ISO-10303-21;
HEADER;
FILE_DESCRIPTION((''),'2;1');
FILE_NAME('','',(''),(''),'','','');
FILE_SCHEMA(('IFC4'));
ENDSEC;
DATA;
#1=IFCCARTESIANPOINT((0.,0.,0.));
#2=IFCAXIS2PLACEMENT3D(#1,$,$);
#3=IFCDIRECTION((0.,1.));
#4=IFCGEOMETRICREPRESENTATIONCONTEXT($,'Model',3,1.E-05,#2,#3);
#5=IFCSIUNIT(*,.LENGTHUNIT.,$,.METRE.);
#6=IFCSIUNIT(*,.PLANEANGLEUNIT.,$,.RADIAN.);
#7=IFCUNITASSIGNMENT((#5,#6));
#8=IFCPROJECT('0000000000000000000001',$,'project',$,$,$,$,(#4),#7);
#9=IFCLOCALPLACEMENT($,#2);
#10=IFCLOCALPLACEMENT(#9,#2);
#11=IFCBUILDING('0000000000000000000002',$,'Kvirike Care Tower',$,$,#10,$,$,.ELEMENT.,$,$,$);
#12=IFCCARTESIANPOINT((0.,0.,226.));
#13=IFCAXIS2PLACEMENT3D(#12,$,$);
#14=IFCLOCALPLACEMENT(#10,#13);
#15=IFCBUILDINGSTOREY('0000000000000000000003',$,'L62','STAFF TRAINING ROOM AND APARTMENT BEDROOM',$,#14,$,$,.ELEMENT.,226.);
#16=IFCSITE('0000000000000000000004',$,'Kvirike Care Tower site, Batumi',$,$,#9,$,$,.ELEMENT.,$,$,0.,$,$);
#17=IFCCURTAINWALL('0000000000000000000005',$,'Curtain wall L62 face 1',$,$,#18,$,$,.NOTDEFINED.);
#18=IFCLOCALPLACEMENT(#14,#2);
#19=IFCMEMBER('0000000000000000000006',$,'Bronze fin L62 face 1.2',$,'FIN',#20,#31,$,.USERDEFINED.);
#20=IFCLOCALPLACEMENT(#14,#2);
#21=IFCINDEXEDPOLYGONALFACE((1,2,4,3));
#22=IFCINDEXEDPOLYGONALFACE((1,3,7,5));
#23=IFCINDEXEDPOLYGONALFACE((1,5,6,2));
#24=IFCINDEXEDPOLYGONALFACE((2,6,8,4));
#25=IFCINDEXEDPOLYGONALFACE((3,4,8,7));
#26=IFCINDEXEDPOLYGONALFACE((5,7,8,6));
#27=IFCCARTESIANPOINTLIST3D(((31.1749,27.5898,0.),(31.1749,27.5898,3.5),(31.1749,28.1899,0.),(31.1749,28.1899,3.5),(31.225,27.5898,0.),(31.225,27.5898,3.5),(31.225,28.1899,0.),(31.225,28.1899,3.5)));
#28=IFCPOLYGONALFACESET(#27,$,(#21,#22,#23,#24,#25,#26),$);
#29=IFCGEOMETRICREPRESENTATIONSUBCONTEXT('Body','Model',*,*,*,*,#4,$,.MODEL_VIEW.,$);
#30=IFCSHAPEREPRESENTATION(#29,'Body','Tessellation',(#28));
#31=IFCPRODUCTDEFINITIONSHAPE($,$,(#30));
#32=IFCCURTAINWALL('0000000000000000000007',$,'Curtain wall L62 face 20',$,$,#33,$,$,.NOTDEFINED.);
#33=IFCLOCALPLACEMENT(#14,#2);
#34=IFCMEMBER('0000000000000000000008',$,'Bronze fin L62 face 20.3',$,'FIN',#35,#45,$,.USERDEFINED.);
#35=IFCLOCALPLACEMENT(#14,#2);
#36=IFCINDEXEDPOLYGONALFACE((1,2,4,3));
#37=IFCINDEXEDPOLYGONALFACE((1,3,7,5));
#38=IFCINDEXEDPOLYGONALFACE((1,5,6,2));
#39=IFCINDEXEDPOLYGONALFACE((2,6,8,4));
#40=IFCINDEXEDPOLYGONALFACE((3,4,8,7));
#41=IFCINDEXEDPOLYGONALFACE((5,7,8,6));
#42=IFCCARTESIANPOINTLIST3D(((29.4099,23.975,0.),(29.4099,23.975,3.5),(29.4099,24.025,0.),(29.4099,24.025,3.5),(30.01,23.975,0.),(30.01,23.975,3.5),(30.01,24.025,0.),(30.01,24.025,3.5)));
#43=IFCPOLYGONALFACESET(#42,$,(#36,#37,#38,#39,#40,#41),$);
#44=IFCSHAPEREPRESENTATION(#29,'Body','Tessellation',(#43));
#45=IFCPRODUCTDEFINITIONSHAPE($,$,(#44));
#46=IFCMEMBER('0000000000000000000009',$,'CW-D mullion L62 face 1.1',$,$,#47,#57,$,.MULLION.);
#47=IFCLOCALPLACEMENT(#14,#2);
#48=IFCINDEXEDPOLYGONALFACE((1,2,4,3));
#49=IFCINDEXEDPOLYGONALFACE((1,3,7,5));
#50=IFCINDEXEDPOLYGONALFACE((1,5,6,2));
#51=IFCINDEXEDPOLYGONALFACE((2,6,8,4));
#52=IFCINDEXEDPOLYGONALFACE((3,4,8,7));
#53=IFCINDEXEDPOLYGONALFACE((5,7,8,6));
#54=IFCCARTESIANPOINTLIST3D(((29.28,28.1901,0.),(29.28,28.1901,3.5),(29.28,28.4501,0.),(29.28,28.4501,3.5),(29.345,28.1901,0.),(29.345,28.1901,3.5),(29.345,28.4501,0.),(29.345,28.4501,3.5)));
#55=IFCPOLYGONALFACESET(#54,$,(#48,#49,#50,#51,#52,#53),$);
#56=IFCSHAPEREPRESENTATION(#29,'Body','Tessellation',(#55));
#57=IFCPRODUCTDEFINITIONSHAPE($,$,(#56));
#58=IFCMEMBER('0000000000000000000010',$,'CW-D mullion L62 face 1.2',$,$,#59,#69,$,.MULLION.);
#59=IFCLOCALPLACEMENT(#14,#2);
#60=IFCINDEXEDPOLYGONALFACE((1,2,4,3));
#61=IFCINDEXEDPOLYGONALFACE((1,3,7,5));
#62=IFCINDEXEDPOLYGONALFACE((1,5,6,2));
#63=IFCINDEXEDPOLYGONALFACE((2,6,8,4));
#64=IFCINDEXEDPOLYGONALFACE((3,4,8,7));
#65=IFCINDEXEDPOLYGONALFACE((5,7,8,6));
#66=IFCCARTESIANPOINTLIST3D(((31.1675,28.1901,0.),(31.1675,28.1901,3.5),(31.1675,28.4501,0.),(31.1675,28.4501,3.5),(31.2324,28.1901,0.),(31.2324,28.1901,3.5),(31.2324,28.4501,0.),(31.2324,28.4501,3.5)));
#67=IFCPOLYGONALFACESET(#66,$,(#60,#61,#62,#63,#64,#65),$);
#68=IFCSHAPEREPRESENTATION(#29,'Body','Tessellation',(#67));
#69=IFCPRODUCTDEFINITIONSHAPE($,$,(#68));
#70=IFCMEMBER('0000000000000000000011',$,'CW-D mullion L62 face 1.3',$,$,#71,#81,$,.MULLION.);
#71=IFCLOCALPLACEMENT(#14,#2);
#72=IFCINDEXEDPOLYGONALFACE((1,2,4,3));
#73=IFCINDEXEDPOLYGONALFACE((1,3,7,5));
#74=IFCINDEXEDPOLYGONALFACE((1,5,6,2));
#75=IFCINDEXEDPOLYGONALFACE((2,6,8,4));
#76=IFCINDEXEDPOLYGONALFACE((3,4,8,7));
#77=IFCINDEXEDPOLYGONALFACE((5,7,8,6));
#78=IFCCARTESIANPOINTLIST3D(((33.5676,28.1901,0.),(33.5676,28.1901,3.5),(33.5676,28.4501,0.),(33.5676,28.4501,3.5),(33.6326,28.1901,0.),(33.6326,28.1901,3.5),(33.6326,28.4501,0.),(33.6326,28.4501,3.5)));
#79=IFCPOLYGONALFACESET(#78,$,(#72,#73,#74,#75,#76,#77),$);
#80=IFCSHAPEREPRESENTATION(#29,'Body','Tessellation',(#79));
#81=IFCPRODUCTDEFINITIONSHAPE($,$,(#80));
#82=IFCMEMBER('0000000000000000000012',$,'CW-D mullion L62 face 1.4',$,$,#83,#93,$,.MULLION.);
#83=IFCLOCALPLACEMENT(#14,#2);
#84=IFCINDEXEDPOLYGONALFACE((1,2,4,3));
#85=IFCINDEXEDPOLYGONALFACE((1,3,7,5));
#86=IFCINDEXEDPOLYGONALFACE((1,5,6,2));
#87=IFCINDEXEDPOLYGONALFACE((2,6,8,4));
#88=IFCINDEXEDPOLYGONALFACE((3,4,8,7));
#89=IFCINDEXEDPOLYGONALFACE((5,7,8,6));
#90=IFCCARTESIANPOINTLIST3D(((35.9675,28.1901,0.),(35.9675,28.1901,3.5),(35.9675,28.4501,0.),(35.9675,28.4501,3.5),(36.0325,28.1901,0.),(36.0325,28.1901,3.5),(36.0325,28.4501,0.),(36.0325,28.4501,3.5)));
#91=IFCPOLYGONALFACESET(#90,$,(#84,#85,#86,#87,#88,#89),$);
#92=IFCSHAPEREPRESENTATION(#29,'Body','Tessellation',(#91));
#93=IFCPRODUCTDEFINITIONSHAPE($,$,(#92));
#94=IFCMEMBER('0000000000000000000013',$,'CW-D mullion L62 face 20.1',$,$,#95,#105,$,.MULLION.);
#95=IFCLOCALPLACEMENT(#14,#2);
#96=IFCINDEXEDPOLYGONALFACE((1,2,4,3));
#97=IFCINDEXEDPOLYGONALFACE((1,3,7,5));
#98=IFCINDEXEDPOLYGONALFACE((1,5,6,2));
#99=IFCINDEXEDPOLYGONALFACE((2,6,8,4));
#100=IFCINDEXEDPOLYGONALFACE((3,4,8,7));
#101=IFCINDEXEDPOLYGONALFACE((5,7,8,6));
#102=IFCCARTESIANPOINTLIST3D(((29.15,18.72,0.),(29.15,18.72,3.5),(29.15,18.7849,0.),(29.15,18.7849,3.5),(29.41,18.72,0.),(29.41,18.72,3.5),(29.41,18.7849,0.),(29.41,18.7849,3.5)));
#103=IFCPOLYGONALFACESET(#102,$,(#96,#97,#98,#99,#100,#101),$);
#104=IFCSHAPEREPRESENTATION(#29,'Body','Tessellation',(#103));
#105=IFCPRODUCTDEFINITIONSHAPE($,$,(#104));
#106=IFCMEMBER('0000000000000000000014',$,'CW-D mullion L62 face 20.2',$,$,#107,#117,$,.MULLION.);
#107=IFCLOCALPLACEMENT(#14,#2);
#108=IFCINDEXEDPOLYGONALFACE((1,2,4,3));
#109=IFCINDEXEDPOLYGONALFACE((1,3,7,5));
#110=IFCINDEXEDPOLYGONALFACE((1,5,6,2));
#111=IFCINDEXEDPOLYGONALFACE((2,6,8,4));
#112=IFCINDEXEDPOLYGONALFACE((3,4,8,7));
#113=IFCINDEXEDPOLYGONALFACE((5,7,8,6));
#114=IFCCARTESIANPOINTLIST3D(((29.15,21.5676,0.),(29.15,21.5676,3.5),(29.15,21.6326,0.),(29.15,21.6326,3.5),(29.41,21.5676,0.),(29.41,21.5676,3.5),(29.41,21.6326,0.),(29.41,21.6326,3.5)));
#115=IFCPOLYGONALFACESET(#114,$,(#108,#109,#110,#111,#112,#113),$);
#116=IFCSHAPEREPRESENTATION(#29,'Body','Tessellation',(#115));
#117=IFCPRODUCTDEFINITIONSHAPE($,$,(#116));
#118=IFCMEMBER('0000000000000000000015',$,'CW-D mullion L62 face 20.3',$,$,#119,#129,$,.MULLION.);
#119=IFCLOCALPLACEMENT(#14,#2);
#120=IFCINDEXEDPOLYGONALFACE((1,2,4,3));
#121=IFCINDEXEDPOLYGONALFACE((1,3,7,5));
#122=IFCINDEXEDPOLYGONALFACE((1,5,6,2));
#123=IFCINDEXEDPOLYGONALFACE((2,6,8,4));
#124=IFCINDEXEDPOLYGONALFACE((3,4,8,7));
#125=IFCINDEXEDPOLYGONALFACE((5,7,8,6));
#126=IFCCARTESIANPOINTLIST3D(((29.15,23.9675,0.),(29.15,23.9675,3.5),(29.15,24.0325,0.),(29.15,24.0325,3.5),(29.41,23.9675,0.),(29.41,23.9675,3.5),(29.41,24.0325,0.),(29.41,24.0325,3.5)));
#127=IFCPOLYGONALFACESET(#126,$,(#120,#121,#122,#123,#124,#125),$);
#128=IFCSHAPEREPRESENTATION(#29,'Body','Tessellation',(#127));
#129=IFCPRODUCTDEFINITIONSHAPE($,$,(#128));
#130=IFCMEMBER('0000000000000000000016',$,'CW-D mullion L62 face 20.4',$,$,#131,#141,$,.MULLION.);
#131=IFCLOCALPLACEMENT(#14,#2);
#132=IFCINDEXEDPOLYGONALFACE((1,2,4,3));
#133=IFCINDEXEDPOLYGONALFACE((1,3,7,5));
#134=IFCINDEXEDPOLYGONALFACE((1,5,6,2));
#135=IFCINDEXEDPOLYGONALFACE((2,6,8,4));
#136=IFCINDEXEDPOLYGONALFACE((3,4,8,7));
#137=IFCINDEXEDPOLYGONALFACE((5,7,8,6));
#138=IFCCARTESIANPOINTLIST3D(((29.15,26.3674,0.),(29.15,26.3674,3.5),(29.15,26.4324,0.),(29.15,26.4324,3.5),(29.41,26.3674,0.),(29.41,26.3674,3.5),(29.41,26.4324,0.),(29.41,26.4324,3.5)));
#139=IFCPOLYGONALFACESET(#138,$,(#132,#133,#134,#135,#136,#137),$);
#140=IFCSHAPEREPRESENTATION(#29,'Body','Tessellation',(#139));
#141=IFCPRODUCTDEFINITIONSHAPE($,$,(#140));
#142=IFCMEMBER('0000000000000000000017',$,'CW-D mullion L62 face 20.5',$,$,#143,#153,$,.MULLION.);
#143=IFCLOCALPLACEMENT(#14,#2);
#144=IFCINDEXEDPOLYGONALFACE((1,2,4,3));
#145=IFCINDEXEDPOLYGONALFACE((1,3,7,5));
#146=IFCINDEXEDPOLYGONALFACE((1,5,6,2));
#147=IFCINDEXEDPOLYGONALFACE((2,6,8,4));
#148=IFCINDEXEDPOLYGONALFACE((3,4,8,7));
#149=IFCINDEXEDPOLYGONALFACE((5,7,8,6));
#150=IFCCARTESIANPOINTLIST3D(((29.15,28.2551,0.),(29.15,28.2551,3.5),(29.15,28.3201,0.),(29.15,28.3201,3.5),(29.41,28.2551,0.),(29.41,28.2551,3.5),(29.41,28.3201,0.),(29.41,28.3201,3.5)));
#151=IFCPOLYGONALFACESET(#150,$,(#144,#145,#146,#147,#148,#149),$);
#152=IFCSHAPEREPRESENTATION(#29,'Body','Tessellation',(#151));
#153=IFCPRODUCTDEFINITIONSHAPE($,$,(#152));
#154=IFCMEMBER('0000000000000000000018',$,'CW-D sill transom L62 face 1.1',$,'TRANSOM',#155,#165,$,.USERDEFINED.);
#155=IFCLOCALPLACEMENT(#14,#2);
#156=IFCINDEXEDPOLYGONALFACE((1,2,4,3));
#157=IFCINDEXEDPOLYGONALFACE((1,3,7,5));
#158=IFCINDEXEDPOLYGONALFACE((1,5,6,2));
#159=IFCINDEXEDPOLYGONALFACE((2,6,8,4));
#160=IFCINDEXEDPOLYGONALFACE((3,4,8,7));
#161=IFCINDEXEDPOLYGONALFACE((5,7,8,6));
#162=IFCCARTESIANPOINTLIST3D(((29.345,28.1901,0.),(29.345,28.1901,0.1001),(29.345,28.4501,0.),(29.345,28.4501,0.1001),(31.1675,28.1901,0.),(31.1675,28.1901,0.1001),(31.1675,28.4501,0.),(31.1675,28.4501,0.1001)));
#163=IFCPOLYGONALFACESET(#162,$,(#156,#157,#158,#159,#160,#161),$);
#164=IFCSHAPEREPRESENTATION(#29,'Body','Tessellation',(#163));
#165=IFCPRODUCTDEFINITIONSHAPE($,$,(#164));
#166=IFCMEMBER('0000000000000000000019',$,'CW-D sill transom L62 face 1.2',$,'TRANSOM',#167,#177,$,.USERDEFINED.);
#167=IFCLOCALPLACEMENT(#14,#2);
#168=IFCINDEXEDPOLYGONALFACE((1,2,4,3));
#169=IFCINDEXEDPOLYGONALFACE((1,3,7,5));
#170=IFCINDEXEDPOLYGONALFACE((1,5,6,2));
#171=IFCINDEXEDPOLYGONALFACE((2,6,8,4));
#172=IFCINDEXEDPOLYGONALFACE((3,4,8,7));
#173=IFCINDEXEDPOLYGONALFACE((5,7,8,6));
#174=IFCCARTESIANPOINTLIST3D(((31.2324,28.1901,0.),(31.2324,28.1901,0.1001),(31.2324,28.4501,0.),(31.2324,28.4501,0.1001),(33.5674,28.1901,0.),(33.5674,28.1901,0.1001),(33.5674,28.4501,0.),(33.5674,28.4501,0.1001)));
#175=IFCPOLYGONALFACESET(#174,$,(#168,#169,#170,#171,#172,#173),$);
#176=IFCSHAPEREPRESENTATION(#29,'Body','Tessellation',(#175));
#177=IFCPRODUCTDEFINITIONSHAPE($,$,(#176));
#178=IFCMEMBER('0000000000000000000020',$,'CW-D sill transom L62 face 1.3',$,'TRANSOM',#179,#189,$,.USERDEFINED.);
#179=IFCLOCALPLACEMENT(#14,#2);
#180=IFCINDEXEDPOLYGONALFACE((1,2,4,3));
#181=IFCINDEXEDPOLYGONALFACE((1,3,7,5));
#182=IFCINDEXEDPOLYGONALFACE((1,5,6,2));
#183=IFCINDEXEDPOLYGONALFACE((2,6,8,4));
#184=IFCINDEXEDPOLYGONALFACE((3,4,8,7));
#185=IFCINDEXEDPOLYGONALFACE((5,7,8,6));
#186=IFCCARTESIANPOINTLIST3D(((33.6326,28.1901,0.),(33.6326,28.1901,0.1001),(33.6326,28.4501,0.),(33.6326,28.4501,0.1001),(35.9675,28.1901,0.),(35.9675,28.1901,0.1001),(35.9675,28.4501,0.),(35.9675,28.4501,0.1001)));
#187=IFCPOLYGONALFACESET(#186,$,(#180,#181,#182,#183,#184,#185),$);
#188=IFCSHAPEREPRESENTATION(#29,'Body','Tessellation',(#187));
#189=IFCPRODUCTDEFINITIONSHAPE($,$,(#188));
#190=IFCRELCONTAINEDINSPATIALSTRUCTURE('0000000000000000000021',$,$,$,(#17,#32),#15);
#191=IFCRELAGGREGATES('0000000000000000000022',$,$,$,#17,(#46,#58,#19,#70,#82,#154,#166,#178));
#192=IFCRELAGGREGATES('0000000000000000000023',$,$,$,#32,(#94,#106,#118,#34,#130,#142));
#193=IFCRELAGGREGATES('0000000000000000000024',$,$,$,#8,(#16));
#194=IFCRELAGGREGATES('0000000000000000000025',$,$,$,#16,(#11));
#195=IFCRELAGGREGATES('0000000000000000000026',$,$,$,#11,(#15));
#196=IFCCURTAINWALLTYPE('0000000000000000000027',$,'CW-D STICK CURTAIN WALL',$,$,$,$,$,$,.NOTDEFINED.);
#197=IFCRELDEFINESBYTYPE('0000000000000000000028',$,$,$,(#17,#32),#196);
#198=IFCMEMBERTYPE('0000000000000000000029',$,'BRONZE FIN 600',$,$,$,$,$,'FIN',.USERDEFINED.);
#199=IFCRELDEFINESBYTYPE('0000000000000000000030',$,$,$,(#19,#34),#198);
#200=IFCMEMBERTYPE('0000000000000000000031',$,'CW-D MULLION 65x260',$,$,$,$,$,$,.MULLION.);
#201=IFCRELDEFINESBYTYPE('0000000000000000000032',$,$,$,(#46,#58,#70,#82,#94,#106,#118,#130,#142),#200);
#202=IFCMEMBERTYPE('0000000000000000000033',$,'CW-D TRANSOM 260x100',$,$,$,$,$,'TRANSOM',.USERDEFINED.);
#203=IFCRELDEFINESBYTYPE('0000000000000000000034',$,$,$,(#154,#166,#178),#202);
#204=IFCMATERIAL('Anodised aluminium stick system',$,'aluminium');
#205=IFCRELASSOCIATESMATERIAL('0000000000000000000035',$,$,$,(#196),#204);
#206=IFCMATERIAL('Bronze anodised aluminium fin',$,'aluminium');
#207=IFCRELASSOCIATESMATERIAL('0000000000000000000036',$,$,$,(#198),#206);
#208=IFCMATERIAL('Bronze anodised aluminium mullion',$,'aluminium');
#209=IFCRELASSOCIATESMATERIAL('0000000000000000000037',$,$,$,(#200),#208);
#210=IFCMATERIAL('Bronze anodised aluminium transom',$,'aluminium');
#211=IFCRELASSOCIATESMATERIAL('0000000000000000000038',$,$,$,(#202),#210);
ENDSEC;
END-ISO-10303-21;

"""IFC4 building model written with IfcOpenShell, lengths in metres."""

from ifc_helpers import new_model, si_unit, direction, frame, origin, origin_2d, place, context, subcontext, project, spatial, rectangle, extrude, material, material_profile, profile_set, type_object, element, aggregate, save


model = new_model("IFC4")

# Units and contexts
model_context = context("Model", 3, precision=1e-05, world=origin(), true_north=direction((0.0, 1.0)))
body_context = subcontext(model_context, "Body", "Model", "MODEL_VIEW")
ifc_project = project(units=[si_unit("LENGTHUNIT", "METRE"), si_unit("PLANEANGLEUNIT", "RADIAN")], contexts=[model_context])

# Site, building, storey
site_placement = place(None, origin())
site = spatial("IfcSite", under=ifc_project, at=site_placement, Name="Kvirike Care Tower site, Batumi", CompositionType="ELEMENT", RefElevation=0.0)
building_placement = place(site_placement, origin())
building = spatial("IfcBuilding", under=site, at=building_placement, Name="Kvirike Care Tower", CompositionType="ELEMENT")
storey_placement = place(building_placement, frame((0.0, 0.0, 226.0)))
storey = spatial("IfcBuildingStorey", under=building, at=storey_placement, Name="L62", Description="STAFF TRAINING ROOM AND APARTMENT BEDROOM", CompositionType="ELEMENT", Elevation=226.0)

# Curtain walls, members
ifc_material_1 = material(Name="Anodised aluminium stick system", Category="aluminium")
curtain_wall_type = type_object("IfcCurtainWallType", Name="CW-D STICK CURTAIN WALL", PredefinedType="NOTDEFINED", material=ifc_material_1)
curtain_wall_1_placement = place(storey_placement, origin())
curtain_wall_1 = element("IfcCurtainWall", 1, at=curtain_wall_1_placement, inside=storey, type_object=curtain_wall_type, Name="Curtain wall L62 face 1", PredefinedType="NOTDEFINED")
ifc_material_2 = material(Name="Bronze anodised aluminium fin", Category="aluminium")
ifc_material_profile_1 = material_profile(ifc_material_2, rectangle(XDim=0.05, YDim=0.6001, at=origin_2d()), Name="BRONZE FIN 600")
ifc_profile_set_1 = profile_set([ifc_material_profile_1], Name="Bronze anodised aluminium fin")
member_type_1 = type_object("IfcMemberType", Name="BRONZE FIN 600", ElementType="FIN", PredefinedType="USERDEFINED", material=ifc_profile_set_1)
member_1_placement = place(storey_placement, frame((31.2, 27.8899, 0.0), z_axis=(0.0, 0.0, 1.0), x_axis=(1.0, 0.0, 0.0)))
member_1 = element("IfcMember", 2, at=member_1_placement, type_object=member_type_1, Name="Bronze fin L62 face 1.2", ObjectType="FIN", PredefinedType="USERDEFINED", context=body_context, shape_type="SweptSolid", body=[
    extrude(rectangle(XDim=0.05, YDim=0.6001, at=origin_2d()), origin(), (0.0, 0.0, 1.0), 3.5),
])
curtain_wall_2_placement = place(storey_placement, origin())
curtain_wall_2 = element("IfcCurtainWall", 3, at=curtain_wall_2_placement, inside=storey, type_object=curtain_wall_type, Name="Curtain wall L62 face 20", PredefinedType="NOTDEFINED")
member_2_placement = place(storey_placement, frame((29.71, 24.0, 0.0), z_axis=(0.0, 0.0, 1.0), x_axis=(0.0, 1.0, 0.0)))
member_2 = element("IfcMember", 4, at=member_2_placement, type_object=member_type_1, Name="Bronze fin L62 face 20.3", ObjectType="FIN", PredefinedType="USERDEFINED", context=body_context, shape_type="SweptSolid", body=[
    extrude(rectangle(XDim=0.05, YDim=0.6001, at=origin_2d()), origin(), (0.0, 0.0, 1.0), 3.5),
])

# Members
ifc_material_3 = material(Name="Bronze anodised aluminium mullion", Category="aluminium")
ifc_material_profile_2 = material_profile(ifc_material_3, rectangle(XDim=0.0649, YDim=0.26, at=origin_2d()), Name="CW-D MULLION 65x260")
ifc_profile_set_2 = profile_set([ifc_material_profile_2], Name="Bronze anodised aluminium mullion")
member_type_2 = type_object("IfcMemberType", Name="CW-D MULLION 65x260", PredefinedType="MULLION", material=ifc_profile_set_2)
member_3_placement = place(storey_placement, frame((29.3125, 28.3201, 0.0), z_axis=(0.0, 0.0, 1.0), x_axis=(1.0, 0.0, 0.0)))
member_3 = element("IfcMember", 5, at=member_3_placement, type_object=member_type_2, Name="CW-D mullion L62 face 1.1", PredefinedType="MULLION", context=body_context, shape_type="SweptSolid", body=[
    extrude(rectangle(XDim=0.0649, YDim=0.26, at=origin_2d()), origin(), (0.0, 0.0, 1.0), 3.5),
])
member_4_placement = place(storey_placement, frame((31.2, 28.3201, 0.0), z_axis=(0.0, 0.0, 1.0), x_axis=(1.0, 0.0, 0.0)))
member_4 = element("IfcMember", 6, at=member_4_placement, type_object=member_type_2, Name="CW-D mullion L62 face 1.2", PredefinedType="MULLION", context=body_context, shape_type="SweptSolid", body=[
    extrude(rectangle(XDim=0.0649, YDim=0.26, at=origin_2d()), origin(), (0.0, 0.0, 1.0), 3.5),
])
member_5_placement = place(storey_placement, frame((33.6001, 28.3201, 0.0), z_axis=(0.0, 0.0, 1.0), x_axis=(1.0, 0.0, 0.0)))
member_5 = element("IfcMember", 7, at=member_5_placement, type_object=member_type_2, Name="CW-D mullion L62 face 1.3", PredefinedType="MULLION", context=body_context, shape_type="SweptSolid", body=[
    extrude(rectangle(XDim=0.0649, YDim=0.26, at=origin_2d()), origin(), (0.0, 0.0, 1.0), 3.5),
])
member_6_placement = place(storey_placement, frame((36.0, 28.3201, 0.0), z_axis=(0.0, 0.0, 1.0), x_axis=(1.0, 0.0, 0.0)))
member_6 = element("IfcMember", 8, at=member_6_placement, type_object=member_type_2, Name="CW-D mullion L62 face 1.4", PredefinedType="MULLION", context=body_context, shape_type="SweptSolid", body=[
    extrude(rectangle(XDim=0.0649, YDim=0.26, at=origin_2d()), origin(), (0.0, 0.0, 1.0), 3.5),
])
member_7_placement = place(storey_placement, frame((29.28, 18.7524, 0.0), z_axis=(0.0, 0.0, 1.0), x_axis=(0.0, 1.0, 0.0)))
member_7 = element("IfcMember", 9, at=member_7_placement, type_object=member_type_2, Name="CW-D mullion L62 face 20.1", PredefinedType="MULLION", context=body_context, shape_type="SweptSolid", body=[
    extrude(rectangle(XDim=0.0649, YDim=0.26, at=origin_2d()), origin(), (0.0, 0.0, 1.0), 3.5),
])
member_8_placement = place(storey_placement, frame((29.28, 21.6001, 0.0), z_axis=(0.0, 0.0, 1.0), x_axis=(0.0, 1.0, 0.0)))
member_8 = element("IfcMember", 10, at=member_8_placement, type_object=member_type_2, Name="CW-D mullion L62 face 20.2", PredefinedType="MULLION", context=body_context, shape_type="SweptSolid", body=[
    extrude(rectangle(XDim=0.0649, YDim=0.26, at=origin_2d()), origin(), (0.0, 0.0, 1.0), 3.5),
])
member_9_placement = place(storey_placement, frame((29.28, 24.0, 0.0), z_axis=(0.0, 0.0, 1.0), x_axis=(0.0, 1.0, 0.0)))
member_9 = element("IfcMember", 11, at=member_9_placement, type_object=member_type_2, Name="CW-D mullion L62 face 20.3", PredefinedType="MULLION", context=body_context, shape_type="SweptSolid", body=[
    extrude(rectangle(XDim=0.0649, YDim=0.26, at=origin_2d()), origin(), (0.0, 0.0, 1.0), 3.5),
])
member_10_placement = place(storey_placement, frame((29.28, 26.3999, 0.0), z_axis=(0.0, 0.0, 1.0), x_axis=(0.0, 1.0, 0.0)))
member_10 = element("IfcMember", 12, at=member_10_placement, type_object=member_type_2, Name="CW-D mullion L62 face 20.4", PredefinedType="MULLION", context=body_context, shape_type="SweptSolid", body=[
    extrude(rectangle(XDim=0.0649, YDim=0.26, at=origin_2d()), origin(), (0.0, 0.0, 1.0), 3.5),
])
member_11_placement = place(storey_placement, frame((29.28, 28.2876, 0.0), z_axis=(0.0, 0.0, 1.0), x_axis=(0.0, 1.0, 0.0)))
member_11 = element("IfcMember", 13, at=member_11_placement, type_object=member_type_2, Name="CW-D mullion L62 face 20.5", PredefinedType="MULLION", context=body_context, shape_type="SweptSolid", body=[
    extrude(rectangle(XDim=0.0649, YDim=0.26, at=origin_2d()), origin(), (0.0, 0.0, 1.0), 3.5),
])
ifc_material_4 = material(Name="Bronze anodised aluminium transom", Category="aluminium")
ifc_material_profile_3 = material_profile(ifc_material_4, rectangle(XDim=0.26, YDim=0.1001, at=origin_2d()), Name="CW-D TRANSOM 260x100")
ifc_profile_set_3 = profile_set([ifc_material_profile_3], Name="Bronze anodised aluminium transom")
member_type_3 = type_object("IfcMemberType", Name="CW-D TRANSOM 260x100", ElementType="TRANSOM", PredefinedType="USERDEFINED", material=ifc_profile_set_3)
member_12_placement = place(storey_placement, frame((29.345, 28.3201, 0.05), z_axis=(1.0, 0.0, 0.0), x_axis=(0.0, 1.0, 0.0)))
member_12 = element("IfcMember", 14, at=member_12_placement, type_object=member_type_3, Name="CW-D sill transom L62 face 1.1", ObjectType="TRANSOM", PredefinedType="USERDEFINED", context=body_context, shape_type="SweptSolid", body=[
    extrude(rectangle(XDim=0.26, YDim=0.1001, at=origin_2d()), origin(), (0.0, 0.0, 1.0), 1.8225),
])
member_13_placement = place(storey_placement, frame((31.2324, 28.3201, 0.05), z_axis=(1.0, 0.0, 0.0), x_axis=(0.0, 1.0, 0.0)))
member_13 = element("IfcMember", 15, at=member_13_placement, type_object=member_type_3, Name="CW-D sill transom L62 face 1.2", ObjectType="TRANSOM", PredefinedType="USERDEFINED", context=body_context, shape_type="SweptSolid", body=[
    extrude(rectangle(XDim=0.26, YDim=0.1001, at=origin_2d()), origin(), (0.0, 0.0, 1.0), 2.335),
])
member_14_placement = place(storey_placement, frame((33.6326, 28.3201, 0.05), z_axis=(1.0, 0.0, 0.0), x_axis=(0.0, 1.0, 0.0)))
member_14 = element("IfcMember", 16, at=member_14_placement, type_object=member_type_3, Name="CW-D sill transom L62 face 1.3", ObjectType="TRANSOM", PredefinedType="USERDEFINED", context=body_context, shape_type="SweptSolid", body=[
    extrude(rectangle(XDim=0.26, YDim=0.1001, at=origin_2d()), origin(), (0.0, 0.0, 1.0), 2.335),
])

aggregate(curtain_wall_1, [member_3, member_4, member_1, member_5, member_6, member_12, member_13, member_14])
aggregate(curtain_wall_2, [member_7, member_8, member_9, member_2, member_10, member_11])

save(model, "model.ifc")
